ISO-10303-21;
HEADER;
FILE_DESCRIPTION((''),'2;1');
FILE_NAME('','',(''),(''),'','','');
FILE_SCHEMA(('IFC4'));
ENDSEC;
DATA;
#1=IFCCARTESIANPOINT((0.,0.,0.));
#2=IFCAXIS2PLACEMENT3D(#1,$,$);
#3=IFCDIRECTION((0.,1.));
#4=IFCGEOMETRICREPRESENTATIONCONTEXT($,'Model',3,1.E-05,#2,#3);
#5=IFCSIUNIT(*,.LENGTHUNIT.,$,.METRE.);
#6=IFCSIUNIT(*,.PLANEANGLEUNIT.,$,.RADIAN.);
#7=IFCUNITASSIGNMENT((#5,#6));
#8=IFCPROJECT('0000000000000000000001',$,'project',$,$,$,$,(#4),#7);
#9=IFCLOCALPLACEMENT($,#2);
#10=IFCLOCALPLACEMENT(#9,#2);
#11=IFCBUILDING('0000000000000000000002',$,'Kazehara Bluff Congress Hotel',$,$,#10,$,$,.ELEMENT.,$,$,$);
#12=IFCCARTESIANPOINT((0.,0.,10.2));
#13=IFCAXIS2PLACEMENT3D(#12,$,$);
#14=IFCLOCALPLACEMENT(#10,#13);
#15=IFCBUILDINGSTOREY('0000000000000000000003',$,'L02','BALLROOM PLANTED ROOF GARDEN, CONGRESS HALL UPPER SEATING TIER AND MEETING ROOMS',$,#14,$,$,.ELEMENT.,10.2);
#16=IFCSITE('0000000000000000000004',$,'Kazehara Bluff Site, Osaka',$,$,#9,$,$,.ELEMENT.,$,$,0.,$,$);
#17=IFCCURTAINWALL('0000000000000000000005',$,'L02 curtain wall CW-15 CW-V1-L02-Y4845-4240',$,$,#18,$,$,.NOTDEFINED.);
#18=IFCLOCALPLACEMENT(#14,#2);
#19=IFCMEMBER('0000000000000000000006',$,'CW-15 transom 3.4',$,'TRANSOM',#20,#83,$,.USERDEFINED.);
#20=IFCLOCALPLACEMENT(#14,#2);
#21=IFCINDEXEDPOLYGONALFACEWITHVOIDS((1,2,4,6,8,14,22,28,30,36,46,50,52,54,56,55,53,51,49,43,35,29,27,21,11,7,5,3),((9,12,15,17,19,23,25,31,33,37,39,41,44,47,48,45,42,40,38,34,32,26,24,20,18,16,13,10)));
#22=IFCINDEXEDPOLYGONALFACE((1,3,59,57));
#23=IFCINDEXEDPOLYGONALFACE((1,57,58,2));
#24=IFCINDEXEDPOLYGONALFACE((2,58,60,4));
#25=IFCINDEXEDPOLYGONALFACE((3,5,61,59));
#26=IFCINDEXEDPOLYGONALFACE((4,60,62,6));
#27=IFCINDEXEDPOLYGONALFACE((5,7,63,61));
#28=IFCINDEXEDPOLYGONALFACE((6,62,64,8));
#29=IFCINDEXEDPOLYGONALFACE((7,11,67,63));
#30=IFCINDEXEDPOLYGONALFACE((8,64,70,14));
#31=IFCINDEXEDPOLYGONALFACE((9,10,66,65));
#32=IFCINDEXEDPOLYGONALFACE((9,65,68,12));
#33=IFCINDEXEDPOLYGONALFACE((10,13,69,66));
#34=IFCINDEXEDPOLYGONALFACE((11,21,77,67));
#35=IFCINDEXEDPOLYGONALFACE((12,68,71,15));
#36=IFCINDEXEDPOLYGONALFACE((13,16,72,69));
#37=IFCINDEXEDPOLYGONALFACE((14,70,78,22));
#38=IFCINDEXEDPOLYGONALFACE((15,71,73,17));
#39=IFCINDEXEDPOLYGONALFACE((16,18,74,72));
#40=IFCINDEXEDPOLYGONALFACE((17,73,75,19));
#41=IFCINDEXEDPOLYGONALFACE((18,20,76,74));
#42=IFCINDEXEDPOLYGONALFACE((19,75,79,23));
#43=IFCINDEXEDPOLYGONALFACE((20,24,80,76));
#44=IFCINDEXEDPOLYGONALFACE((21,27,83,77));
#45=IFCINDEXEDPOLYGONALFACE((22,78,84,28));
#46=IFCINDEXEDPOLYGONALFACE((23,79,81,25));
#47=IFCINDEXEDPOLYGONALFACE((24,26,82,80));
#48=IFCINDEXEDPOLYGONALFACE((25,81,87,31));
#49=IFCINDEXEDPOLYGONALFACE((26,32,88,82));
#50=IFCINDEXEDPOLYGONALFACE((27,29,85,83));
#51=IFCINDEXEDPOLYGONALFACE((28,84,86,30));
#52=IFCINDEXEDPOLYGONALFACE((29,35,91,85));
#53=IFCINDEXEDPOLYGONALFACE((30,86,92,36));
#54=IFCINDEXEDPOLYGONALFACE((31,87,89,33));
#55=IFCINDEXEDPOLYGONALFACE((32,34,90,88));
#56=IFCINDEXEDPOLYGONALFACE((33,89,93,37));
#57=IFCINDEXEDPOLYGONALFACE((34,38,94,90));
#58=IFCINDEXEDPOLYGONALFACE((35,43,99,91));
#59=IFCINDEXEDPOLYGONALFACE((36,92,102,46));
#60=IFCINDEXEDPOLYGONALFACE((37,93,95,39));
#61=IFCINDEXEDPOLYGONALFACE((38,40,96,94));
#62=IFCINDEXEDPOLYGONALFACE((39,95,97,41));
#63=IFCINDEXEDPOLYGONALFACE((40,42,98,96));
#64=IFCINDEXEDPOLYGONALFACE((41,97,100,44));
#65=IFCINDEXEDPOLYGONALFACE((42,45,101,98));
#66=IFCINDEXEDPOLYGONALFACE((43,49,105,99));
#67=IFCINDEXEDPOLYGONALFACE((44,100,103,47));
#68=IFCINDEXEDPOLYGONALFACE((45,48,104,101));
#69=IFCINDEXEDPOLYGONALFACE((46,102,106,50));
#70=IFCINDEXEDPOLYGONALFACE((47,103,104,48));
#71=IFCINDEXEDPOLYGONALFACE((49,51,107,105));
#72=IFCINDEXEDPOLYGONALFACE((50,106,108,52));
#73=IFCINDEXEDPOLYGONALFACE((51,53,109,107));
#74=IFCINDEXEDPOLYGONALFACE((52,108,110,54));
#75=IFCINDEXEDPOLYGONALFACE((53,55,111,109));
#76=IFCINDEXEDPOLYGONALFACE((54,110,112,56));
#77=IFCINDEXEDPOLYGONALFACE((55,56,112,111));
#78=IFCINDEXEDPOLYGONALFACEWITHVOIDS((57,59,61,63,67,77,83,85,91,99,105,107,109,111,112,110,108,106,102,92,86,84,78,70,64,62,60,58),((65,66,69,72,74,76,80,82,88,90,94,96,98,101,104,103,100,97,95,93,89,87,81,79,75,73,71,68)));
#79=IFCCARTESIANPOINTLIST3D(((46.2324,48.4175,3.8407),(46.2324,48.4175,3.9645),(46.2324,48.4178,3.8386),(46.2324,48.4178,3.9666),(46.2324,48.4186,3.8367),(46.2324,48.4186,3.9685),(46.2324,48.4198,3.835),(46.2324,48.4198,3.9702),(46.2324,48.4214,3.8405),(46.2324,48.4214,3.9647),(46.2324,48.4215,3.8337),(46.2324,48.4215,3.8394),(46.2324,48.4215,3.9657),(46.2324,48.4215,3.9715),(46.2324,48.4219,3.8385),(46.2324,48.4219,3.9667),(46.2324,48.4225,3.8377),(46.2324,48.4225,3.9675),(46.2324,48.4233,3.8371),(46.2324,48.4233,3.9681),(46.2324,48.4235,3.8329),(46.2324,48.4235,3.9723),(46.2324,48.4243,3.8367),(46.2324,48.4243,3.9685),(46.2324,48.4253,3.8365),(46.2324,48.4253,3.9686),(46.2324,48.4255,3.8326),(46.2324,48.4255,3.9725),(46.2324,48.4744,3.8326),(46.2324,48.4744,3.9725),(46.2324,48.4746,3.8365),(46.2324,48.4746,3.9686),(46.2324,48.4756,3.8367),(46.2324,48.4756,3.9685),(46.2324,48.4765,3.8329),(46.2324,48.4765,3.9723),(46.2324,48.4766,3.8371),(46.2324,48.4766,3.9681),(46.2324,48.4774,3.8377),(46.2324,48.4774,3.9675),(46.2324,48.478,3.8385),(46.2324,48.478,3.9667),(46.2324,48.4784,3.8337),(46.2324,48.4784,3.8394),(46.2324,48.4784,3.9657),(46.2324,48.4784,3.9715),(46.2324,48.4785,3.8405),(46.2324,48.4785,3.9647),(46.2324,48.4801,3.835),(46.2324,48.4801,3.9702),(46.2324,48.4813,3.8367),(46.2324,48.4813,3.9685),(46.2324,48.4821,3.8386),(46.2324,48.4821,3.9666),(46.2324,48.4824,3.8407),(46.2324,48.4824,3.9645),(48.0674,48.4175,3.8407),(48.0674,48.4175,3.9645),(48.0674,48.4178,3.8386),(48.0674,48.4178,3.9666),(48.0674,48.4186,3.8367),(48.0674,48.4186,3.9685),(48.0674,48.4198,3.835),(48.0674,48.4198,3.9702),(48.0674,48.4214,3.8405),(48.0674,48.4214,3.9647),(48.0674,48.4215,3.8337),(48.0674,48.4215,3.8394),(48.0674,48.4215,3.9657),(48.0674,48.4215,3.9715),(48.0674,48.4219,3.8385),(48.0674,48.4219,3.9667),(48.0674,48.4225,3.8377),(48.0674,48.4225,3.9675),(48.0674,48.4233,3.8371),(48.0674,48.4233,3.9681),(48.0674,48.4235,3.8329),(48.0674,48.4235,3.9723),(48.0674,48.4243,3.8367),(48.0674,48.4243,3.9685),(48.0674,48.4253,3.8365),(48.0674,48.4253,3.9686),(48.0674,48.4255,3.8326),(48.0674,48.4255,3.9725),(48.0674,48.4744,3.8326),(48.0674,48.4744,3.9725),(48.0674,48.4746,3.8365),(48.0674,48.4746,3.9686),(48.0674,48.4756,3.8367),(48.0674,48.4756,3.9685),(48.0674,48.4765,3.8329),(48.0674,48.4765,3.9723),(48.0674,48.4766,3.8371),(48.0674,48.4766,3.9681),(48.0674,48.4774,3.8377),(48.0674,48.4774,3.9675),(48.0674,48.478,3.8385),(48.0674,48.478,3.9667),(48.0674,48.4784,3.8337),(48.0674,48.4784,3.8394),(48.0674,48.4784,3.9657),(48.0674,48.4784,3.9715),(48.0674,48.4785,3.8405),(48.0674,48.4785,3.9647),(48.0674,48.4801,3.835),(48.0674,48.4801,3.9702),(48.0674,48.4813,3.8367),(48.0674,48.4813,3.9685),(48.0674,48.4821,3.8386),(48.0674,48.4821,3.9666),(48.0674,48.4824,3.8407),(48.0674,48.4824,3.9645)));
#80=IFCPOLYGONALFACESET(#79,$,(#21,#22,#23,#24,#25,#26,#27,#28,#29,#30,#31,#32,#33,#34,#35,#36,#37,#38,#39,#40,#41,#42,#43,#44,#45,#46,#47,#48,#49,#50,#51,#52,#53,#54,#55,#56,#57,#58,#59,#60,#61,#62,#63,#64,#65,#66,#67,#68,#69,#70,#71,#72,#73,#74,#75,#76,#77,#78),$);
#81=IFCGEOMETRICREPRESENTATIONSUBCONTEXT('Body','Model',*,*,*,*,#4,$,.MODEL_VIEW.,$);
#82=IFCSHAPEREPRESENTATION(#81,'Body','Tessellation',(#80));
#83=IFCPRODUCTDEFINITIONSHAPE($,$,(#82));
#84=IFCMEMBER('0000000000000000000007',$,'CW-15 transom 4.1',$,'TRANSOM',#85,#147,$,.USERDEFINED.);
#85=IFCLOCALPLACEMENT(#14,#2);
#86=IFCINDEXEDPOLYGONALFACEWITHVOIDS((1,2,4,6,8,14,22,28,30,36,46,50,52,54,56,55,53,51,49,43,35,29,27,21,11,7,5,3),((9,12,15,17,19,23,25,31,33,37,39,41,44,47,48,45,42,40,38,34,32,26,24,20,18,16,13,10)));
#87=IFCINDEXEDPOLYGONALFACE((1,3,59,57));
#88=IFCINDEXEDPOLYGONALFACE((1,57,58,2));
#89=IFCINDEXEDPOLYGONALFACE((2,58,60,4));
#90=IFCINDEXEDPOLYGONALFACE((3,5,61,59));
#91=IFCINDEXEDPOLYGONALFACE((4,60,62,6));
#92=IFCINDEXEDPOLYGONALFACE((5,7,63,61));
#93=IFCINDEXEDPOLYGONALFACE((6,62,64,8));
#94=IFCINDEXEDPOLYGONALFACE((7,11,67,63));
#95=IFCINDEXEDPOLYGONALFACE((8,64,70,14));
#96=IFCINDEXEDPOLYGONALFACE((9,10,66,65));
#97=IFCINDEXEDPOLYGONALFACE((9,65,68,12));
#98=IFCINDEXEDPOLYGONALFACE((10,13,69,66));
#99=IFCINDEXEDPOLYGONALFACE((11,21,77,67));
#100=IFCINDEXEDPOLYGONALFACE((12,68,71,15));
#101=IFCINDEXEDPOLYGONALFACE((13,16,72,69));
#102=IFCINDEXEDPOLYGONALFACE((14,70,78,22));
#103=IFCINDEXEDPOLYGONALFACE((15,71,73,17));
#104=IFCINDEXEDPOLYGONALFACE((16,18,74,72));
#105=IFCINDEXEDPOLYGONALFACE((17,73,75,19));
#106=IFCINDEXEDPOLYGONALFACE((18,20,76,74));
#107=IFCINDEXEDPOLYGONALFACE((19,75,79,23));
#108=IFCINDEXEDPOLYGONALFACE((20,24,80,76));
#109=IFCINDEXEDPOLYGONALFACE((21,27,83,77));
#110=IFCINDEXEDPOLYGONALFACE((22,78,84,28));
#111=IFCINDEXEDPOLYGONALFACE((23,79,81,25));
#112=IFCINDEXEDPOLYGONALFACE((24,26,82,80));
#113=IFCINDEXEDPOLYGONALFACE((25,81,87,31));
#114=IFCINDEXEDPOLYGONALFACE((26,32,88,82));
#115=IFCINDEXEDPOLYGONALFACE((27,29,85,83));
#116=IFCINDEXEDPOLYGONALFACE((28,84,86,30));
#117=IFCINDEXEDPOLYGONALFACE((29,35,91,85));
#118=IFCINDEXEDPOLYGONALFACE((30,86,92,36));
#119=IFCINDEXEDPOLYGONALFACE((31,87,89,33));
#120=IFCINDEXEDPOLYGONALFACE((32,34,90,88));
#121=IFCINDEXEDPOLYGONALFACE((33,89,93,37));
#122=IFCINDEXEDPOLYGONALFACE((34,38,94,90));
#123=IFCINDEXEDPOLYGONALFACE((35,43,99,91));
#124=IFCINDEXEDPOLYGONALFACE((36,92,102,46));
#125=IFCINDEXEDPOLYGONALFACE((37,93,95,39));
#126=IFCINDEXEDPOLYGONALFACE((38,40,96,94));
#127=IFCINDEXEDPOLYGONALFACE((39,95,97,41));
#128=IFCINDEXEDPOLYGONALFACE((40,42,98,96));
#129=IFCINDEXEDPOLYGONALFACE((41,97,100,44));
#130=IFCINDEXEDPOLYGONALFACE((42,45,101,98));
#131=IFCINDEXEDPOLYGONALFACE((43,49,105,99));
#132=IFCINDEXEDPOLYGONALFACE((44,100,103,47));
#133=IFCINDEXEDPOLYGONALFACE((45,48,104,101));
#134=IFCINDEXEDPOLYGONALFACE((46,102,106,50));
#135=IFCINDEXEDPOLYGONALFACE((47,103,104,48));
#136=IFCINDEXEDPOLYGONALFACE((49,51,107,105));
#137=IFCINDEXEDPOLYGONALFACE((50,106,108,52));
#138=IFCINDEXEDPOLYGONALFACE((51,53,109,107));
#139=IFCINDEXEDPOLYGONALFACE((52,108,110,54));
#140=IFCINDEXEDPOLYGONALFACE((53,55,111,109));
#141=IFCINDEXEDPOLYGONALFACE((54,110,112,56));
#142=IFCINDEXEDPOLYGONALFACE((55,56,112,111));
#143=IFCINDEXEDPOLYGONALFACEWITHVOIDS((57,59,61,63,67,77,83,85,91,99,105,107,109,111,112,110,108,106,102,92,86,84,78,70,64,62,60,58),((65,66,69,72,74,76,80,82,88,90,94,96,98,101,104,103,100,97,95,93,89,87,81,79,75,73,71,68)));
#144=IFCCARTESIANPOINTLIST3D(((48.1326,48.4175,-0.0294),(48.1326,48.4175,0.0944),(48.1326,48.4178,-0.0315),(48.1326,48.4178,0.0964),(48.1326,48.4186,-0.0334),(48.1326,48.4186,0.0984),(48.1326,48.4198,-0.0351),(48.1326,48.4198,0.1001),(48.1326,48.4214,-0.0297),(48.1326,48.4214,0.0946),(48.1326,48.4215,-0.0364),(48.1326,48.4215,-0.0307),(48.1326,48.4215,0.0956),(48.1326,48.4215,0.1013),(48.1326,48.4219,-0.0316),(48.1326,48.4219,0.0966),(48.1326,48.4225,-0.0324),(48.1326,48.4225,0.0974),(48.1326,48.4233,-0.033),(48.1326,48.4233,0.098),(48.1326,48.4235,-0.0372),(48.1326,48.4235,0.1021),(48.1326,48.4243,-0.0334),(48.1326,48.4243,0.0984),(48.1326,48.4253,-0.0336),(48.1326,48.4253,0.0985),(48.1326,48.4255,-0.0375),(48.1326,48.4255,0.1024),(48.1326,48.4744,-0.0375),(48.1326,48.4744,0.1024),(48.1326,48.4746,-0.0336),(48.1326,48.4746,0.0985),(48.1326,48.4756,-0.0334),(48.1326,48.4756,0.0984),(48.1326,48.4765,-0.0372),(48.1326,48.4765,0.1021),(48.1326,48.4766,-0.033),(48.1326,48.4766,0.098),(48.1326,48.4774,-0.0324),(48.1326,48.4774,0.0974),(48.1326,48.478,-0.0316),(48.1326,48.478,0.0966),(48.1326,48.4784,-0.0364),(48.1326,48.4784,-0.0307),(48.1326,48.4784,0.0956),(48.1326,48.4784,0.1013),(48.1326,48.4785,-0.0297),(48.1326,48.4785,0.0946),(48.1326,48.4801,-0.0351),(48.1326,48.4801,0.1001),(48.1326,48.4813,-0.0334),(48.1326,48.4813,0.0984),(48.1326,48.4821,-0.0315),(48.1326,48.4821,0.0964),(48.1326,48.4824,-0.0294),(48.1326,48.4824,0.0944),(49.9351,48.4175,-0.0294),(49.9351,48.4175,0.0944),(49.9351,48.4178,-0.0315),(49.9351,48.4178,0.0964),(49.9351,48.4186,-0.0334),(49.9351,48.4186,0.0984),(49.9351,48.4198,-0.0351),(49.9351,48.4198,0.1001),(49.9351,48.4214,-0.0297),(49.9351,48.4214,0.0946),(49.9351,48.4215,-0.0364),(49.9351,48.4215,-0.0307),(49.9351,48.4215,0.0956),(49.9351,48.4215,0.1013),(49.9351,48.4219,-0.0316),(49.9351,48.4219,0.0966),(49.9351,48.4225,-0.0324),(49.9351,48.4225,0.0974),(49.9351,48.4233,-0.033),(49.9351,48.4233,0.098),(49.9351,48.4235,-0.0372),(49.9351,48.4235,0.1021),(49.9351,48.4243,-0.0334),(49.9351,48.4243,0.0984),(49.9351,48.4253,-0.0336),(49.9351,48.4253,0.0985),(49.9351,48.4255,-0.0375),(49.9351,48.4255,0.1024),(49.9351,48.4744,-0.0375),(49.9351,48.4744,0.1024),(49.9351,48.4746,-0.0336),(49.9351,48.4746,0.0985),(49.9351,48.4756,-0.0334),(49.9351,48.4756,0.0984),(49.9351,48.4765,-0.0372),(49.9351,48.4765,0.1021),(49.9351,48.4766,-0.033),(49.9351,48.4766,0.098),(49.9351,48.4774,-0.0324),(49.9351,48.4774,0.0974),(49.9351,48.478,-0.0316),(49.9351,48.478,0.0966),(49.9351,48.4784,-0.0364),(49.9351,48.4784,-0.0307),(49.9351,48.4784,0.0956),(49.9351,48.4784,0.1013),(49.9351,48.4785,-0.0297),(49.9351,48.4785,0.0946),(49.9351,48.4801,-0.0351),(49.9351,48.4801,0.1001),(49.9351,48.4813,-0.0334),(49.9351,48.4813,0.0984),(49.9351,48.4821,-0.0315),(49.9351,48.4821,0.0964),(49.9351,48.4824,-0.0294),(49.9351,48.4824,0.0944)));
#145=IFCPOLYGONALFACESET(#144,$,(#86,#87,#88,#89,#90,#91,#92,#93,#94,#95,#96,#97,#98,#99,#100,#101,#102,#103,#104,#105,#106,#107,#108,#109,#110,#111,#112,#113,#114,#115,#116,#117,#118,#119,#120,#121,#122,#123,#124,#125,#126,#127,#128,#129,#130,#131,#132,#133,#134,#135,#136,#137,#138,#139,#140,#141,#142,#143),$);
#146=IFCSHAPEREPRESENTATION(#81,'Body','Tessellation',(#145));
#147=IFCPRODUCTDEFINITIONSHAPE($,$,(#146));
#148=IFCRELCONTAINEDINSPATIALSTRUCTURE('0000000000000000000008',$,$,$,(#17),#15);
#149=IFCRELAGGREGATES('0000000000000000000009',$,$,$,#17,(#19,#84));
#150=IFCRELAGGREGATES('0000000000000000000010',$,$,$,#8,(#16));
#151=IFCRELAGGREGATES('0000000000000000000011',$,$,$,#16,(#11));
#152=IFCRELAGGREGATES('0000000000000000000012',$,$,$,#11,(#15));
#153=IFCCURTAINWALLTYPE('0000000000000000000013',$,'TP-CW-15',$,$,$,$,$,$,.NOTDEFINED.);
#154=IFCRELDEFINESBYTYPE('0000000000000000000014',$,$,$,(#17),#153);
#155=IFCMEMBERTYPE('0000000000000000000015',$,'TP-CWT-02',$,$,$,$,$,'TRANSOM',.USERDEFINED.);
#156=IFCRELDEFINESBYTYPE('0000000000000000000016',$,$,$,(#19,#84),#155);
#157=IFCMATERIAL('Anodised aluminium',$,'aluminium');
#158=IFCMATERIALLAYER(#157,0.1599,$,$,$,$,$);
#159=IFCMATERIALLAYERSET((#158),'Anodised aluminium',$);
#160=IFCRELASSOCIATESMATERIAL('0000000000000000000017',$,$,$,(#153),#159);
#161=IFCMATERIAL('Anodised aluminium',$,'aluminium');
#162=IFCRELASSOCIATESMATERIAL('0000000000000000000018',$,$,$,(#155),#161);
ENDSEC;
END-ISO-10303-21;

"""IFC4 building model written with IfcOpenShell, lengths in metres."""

from ifc_helpers import new_model, si_unit, direction, frame, origin, origin_2d, place, context, subcontext, project, spatial, hollow_rectangle, extrude, material, layer, layer_set, material_profile, profile_set, type_object, element, aggregate, save


model = new_model("IFC4")

# Units and contexts
model_context = context("Model", 3, precision=1e-05, world=origin(), true_north=direction((0.0, 1.0)))
body_context = subcontext(model_context, "Body", "Model", "MODEL_VIEW")
ifc_project = project(units=[si_unit("LENGTHUNIT", "METRE"), si_unit("PLANEANGLEUNIT", "RADIAN")], contexts=[model_context])

# Site, building, storey
site_placement = place(None, origin())
site = spatial("IfcSite", under=ifc_project, at=site_placement, Name="Kazehara Bluff Site, Osaka", CompositionType="ELEMENT", RefElevation=0.0)
building_placement = place(site_placement, origin())
building = spatial("IfcBuilding", under=site, at=building_placement, Name="Kazehara Bluff Congress Hotel", CompositionType="ELEMENT")
storey_placement = place(building_placement, frame((0.0, 0.0, 10.2)))
storey = spatial("IfcBuildingStorey", under=building, at=storey_placement, Name="L02", Description="BALLROOM PLANTED ROOF GARDEN, CONGRESS HALL UPPER SEATING TIER AND MEETING ROOMS", CompositionType="ELEMENT", Elevation=10.2)

# Curtain wall
ifc_material_1 = material(Name="Anodised aluminium", Category="aluminium")
ifc_layer_1 = layer(ifc_material_1, 0.1599)
ifc_layer_set_1 = layer_set([ifc_layer_1], Name="Anodised aluminium")
curtain_wall_type_1 = type_object("IfcCurtainWallType", Name="TP-CW-15", PredefinedType="NOTDEFINED", material=ifc_layer_set_1)
curtain_wall_1_placement = place(storey_placement, origin())
curtain_wall_1 = element("IfcCurtainWall", 1, at=curtain_wall_1_placement, inside=storey, type_object=curtain_wall_type_1, Name="L02 curtain wall CW-15 CW-V1-L02-Y4845-4240", PredefinedType="NOTDEFINED")

# Members
ifc_material_2 = material(Name="Anodised aluminium", Category="aluminium")
ifc_material_profile_1 = material_profile(ifc_material_2, hollow_rectangle(XDim=0.0649, YDim=0.1399, WallThickness=0.0039, InnerFilletRadius=0.0039, OuterFilletRadius=0.0081, at=origin_2d()))
ifc_profile_set_1 = profile_set([ifc_material_profile_1], Name="Anodised aluminium")
member_type_1 = type_object("IfcMemberType", Name="TP-CWT-02", ElementType="TRANSOM", PredefinedType="USERDEFINED", material=ifc_profile_set_1)
member_1_placement = place(storey_placement, frame((46.2324, 48.45, 3.9026), z_axis=(1.0, 0.0, 0.0), x_axis=(0.0, 1.0, 0.0)))
member_1 = element("IfcMember", 2, at=member_1_placement, type_object=member_type_1, Name="CW-15 transom 3.4", ObjectType="TRANSOM", PredefinedType="USERDEFINED", context=body_context, shape_type="SweptSolid", body=[
    extrude(hollow_rectangle(XDim=0.0649, YDim=0.1399, WallThickness=0.0039, InnerFilletRadius=0.0039, OuterFilletRadius=0.0081, at=origin_2d()), origin(), (0.0, 0.0, 1.0), 1.835),
])
member_2_placement = place(storey_placement, frame((48.1326, 48.45, 0.0325), z_axis=(1.0, 0.0, 0.0), x_axis=(0.0, 1.0, 0.0)))
member_2 = element("IfcMember", 3, at=member_2_placement, type_object=member_type_1, Name="CW-15 transom 4.1", ObjectType="TRANSOM", PredefinedType="USERDEFINED", context=body_context, shape_type="SweptSolid", body=[
    extrude(hollow_rectangle(XDim=0.0649, YDim=0.1399, WallThickness=0.0039, InnerFilletRadius=0.0039, OuterFilletRadius=0.0081, at=origin_2d()), origin(), (0.0, 0.0, 1.0), 1.8025),
])

aggregate(curtain_wall_1, [member_1, member_2])

save(model, "model.ifc")
